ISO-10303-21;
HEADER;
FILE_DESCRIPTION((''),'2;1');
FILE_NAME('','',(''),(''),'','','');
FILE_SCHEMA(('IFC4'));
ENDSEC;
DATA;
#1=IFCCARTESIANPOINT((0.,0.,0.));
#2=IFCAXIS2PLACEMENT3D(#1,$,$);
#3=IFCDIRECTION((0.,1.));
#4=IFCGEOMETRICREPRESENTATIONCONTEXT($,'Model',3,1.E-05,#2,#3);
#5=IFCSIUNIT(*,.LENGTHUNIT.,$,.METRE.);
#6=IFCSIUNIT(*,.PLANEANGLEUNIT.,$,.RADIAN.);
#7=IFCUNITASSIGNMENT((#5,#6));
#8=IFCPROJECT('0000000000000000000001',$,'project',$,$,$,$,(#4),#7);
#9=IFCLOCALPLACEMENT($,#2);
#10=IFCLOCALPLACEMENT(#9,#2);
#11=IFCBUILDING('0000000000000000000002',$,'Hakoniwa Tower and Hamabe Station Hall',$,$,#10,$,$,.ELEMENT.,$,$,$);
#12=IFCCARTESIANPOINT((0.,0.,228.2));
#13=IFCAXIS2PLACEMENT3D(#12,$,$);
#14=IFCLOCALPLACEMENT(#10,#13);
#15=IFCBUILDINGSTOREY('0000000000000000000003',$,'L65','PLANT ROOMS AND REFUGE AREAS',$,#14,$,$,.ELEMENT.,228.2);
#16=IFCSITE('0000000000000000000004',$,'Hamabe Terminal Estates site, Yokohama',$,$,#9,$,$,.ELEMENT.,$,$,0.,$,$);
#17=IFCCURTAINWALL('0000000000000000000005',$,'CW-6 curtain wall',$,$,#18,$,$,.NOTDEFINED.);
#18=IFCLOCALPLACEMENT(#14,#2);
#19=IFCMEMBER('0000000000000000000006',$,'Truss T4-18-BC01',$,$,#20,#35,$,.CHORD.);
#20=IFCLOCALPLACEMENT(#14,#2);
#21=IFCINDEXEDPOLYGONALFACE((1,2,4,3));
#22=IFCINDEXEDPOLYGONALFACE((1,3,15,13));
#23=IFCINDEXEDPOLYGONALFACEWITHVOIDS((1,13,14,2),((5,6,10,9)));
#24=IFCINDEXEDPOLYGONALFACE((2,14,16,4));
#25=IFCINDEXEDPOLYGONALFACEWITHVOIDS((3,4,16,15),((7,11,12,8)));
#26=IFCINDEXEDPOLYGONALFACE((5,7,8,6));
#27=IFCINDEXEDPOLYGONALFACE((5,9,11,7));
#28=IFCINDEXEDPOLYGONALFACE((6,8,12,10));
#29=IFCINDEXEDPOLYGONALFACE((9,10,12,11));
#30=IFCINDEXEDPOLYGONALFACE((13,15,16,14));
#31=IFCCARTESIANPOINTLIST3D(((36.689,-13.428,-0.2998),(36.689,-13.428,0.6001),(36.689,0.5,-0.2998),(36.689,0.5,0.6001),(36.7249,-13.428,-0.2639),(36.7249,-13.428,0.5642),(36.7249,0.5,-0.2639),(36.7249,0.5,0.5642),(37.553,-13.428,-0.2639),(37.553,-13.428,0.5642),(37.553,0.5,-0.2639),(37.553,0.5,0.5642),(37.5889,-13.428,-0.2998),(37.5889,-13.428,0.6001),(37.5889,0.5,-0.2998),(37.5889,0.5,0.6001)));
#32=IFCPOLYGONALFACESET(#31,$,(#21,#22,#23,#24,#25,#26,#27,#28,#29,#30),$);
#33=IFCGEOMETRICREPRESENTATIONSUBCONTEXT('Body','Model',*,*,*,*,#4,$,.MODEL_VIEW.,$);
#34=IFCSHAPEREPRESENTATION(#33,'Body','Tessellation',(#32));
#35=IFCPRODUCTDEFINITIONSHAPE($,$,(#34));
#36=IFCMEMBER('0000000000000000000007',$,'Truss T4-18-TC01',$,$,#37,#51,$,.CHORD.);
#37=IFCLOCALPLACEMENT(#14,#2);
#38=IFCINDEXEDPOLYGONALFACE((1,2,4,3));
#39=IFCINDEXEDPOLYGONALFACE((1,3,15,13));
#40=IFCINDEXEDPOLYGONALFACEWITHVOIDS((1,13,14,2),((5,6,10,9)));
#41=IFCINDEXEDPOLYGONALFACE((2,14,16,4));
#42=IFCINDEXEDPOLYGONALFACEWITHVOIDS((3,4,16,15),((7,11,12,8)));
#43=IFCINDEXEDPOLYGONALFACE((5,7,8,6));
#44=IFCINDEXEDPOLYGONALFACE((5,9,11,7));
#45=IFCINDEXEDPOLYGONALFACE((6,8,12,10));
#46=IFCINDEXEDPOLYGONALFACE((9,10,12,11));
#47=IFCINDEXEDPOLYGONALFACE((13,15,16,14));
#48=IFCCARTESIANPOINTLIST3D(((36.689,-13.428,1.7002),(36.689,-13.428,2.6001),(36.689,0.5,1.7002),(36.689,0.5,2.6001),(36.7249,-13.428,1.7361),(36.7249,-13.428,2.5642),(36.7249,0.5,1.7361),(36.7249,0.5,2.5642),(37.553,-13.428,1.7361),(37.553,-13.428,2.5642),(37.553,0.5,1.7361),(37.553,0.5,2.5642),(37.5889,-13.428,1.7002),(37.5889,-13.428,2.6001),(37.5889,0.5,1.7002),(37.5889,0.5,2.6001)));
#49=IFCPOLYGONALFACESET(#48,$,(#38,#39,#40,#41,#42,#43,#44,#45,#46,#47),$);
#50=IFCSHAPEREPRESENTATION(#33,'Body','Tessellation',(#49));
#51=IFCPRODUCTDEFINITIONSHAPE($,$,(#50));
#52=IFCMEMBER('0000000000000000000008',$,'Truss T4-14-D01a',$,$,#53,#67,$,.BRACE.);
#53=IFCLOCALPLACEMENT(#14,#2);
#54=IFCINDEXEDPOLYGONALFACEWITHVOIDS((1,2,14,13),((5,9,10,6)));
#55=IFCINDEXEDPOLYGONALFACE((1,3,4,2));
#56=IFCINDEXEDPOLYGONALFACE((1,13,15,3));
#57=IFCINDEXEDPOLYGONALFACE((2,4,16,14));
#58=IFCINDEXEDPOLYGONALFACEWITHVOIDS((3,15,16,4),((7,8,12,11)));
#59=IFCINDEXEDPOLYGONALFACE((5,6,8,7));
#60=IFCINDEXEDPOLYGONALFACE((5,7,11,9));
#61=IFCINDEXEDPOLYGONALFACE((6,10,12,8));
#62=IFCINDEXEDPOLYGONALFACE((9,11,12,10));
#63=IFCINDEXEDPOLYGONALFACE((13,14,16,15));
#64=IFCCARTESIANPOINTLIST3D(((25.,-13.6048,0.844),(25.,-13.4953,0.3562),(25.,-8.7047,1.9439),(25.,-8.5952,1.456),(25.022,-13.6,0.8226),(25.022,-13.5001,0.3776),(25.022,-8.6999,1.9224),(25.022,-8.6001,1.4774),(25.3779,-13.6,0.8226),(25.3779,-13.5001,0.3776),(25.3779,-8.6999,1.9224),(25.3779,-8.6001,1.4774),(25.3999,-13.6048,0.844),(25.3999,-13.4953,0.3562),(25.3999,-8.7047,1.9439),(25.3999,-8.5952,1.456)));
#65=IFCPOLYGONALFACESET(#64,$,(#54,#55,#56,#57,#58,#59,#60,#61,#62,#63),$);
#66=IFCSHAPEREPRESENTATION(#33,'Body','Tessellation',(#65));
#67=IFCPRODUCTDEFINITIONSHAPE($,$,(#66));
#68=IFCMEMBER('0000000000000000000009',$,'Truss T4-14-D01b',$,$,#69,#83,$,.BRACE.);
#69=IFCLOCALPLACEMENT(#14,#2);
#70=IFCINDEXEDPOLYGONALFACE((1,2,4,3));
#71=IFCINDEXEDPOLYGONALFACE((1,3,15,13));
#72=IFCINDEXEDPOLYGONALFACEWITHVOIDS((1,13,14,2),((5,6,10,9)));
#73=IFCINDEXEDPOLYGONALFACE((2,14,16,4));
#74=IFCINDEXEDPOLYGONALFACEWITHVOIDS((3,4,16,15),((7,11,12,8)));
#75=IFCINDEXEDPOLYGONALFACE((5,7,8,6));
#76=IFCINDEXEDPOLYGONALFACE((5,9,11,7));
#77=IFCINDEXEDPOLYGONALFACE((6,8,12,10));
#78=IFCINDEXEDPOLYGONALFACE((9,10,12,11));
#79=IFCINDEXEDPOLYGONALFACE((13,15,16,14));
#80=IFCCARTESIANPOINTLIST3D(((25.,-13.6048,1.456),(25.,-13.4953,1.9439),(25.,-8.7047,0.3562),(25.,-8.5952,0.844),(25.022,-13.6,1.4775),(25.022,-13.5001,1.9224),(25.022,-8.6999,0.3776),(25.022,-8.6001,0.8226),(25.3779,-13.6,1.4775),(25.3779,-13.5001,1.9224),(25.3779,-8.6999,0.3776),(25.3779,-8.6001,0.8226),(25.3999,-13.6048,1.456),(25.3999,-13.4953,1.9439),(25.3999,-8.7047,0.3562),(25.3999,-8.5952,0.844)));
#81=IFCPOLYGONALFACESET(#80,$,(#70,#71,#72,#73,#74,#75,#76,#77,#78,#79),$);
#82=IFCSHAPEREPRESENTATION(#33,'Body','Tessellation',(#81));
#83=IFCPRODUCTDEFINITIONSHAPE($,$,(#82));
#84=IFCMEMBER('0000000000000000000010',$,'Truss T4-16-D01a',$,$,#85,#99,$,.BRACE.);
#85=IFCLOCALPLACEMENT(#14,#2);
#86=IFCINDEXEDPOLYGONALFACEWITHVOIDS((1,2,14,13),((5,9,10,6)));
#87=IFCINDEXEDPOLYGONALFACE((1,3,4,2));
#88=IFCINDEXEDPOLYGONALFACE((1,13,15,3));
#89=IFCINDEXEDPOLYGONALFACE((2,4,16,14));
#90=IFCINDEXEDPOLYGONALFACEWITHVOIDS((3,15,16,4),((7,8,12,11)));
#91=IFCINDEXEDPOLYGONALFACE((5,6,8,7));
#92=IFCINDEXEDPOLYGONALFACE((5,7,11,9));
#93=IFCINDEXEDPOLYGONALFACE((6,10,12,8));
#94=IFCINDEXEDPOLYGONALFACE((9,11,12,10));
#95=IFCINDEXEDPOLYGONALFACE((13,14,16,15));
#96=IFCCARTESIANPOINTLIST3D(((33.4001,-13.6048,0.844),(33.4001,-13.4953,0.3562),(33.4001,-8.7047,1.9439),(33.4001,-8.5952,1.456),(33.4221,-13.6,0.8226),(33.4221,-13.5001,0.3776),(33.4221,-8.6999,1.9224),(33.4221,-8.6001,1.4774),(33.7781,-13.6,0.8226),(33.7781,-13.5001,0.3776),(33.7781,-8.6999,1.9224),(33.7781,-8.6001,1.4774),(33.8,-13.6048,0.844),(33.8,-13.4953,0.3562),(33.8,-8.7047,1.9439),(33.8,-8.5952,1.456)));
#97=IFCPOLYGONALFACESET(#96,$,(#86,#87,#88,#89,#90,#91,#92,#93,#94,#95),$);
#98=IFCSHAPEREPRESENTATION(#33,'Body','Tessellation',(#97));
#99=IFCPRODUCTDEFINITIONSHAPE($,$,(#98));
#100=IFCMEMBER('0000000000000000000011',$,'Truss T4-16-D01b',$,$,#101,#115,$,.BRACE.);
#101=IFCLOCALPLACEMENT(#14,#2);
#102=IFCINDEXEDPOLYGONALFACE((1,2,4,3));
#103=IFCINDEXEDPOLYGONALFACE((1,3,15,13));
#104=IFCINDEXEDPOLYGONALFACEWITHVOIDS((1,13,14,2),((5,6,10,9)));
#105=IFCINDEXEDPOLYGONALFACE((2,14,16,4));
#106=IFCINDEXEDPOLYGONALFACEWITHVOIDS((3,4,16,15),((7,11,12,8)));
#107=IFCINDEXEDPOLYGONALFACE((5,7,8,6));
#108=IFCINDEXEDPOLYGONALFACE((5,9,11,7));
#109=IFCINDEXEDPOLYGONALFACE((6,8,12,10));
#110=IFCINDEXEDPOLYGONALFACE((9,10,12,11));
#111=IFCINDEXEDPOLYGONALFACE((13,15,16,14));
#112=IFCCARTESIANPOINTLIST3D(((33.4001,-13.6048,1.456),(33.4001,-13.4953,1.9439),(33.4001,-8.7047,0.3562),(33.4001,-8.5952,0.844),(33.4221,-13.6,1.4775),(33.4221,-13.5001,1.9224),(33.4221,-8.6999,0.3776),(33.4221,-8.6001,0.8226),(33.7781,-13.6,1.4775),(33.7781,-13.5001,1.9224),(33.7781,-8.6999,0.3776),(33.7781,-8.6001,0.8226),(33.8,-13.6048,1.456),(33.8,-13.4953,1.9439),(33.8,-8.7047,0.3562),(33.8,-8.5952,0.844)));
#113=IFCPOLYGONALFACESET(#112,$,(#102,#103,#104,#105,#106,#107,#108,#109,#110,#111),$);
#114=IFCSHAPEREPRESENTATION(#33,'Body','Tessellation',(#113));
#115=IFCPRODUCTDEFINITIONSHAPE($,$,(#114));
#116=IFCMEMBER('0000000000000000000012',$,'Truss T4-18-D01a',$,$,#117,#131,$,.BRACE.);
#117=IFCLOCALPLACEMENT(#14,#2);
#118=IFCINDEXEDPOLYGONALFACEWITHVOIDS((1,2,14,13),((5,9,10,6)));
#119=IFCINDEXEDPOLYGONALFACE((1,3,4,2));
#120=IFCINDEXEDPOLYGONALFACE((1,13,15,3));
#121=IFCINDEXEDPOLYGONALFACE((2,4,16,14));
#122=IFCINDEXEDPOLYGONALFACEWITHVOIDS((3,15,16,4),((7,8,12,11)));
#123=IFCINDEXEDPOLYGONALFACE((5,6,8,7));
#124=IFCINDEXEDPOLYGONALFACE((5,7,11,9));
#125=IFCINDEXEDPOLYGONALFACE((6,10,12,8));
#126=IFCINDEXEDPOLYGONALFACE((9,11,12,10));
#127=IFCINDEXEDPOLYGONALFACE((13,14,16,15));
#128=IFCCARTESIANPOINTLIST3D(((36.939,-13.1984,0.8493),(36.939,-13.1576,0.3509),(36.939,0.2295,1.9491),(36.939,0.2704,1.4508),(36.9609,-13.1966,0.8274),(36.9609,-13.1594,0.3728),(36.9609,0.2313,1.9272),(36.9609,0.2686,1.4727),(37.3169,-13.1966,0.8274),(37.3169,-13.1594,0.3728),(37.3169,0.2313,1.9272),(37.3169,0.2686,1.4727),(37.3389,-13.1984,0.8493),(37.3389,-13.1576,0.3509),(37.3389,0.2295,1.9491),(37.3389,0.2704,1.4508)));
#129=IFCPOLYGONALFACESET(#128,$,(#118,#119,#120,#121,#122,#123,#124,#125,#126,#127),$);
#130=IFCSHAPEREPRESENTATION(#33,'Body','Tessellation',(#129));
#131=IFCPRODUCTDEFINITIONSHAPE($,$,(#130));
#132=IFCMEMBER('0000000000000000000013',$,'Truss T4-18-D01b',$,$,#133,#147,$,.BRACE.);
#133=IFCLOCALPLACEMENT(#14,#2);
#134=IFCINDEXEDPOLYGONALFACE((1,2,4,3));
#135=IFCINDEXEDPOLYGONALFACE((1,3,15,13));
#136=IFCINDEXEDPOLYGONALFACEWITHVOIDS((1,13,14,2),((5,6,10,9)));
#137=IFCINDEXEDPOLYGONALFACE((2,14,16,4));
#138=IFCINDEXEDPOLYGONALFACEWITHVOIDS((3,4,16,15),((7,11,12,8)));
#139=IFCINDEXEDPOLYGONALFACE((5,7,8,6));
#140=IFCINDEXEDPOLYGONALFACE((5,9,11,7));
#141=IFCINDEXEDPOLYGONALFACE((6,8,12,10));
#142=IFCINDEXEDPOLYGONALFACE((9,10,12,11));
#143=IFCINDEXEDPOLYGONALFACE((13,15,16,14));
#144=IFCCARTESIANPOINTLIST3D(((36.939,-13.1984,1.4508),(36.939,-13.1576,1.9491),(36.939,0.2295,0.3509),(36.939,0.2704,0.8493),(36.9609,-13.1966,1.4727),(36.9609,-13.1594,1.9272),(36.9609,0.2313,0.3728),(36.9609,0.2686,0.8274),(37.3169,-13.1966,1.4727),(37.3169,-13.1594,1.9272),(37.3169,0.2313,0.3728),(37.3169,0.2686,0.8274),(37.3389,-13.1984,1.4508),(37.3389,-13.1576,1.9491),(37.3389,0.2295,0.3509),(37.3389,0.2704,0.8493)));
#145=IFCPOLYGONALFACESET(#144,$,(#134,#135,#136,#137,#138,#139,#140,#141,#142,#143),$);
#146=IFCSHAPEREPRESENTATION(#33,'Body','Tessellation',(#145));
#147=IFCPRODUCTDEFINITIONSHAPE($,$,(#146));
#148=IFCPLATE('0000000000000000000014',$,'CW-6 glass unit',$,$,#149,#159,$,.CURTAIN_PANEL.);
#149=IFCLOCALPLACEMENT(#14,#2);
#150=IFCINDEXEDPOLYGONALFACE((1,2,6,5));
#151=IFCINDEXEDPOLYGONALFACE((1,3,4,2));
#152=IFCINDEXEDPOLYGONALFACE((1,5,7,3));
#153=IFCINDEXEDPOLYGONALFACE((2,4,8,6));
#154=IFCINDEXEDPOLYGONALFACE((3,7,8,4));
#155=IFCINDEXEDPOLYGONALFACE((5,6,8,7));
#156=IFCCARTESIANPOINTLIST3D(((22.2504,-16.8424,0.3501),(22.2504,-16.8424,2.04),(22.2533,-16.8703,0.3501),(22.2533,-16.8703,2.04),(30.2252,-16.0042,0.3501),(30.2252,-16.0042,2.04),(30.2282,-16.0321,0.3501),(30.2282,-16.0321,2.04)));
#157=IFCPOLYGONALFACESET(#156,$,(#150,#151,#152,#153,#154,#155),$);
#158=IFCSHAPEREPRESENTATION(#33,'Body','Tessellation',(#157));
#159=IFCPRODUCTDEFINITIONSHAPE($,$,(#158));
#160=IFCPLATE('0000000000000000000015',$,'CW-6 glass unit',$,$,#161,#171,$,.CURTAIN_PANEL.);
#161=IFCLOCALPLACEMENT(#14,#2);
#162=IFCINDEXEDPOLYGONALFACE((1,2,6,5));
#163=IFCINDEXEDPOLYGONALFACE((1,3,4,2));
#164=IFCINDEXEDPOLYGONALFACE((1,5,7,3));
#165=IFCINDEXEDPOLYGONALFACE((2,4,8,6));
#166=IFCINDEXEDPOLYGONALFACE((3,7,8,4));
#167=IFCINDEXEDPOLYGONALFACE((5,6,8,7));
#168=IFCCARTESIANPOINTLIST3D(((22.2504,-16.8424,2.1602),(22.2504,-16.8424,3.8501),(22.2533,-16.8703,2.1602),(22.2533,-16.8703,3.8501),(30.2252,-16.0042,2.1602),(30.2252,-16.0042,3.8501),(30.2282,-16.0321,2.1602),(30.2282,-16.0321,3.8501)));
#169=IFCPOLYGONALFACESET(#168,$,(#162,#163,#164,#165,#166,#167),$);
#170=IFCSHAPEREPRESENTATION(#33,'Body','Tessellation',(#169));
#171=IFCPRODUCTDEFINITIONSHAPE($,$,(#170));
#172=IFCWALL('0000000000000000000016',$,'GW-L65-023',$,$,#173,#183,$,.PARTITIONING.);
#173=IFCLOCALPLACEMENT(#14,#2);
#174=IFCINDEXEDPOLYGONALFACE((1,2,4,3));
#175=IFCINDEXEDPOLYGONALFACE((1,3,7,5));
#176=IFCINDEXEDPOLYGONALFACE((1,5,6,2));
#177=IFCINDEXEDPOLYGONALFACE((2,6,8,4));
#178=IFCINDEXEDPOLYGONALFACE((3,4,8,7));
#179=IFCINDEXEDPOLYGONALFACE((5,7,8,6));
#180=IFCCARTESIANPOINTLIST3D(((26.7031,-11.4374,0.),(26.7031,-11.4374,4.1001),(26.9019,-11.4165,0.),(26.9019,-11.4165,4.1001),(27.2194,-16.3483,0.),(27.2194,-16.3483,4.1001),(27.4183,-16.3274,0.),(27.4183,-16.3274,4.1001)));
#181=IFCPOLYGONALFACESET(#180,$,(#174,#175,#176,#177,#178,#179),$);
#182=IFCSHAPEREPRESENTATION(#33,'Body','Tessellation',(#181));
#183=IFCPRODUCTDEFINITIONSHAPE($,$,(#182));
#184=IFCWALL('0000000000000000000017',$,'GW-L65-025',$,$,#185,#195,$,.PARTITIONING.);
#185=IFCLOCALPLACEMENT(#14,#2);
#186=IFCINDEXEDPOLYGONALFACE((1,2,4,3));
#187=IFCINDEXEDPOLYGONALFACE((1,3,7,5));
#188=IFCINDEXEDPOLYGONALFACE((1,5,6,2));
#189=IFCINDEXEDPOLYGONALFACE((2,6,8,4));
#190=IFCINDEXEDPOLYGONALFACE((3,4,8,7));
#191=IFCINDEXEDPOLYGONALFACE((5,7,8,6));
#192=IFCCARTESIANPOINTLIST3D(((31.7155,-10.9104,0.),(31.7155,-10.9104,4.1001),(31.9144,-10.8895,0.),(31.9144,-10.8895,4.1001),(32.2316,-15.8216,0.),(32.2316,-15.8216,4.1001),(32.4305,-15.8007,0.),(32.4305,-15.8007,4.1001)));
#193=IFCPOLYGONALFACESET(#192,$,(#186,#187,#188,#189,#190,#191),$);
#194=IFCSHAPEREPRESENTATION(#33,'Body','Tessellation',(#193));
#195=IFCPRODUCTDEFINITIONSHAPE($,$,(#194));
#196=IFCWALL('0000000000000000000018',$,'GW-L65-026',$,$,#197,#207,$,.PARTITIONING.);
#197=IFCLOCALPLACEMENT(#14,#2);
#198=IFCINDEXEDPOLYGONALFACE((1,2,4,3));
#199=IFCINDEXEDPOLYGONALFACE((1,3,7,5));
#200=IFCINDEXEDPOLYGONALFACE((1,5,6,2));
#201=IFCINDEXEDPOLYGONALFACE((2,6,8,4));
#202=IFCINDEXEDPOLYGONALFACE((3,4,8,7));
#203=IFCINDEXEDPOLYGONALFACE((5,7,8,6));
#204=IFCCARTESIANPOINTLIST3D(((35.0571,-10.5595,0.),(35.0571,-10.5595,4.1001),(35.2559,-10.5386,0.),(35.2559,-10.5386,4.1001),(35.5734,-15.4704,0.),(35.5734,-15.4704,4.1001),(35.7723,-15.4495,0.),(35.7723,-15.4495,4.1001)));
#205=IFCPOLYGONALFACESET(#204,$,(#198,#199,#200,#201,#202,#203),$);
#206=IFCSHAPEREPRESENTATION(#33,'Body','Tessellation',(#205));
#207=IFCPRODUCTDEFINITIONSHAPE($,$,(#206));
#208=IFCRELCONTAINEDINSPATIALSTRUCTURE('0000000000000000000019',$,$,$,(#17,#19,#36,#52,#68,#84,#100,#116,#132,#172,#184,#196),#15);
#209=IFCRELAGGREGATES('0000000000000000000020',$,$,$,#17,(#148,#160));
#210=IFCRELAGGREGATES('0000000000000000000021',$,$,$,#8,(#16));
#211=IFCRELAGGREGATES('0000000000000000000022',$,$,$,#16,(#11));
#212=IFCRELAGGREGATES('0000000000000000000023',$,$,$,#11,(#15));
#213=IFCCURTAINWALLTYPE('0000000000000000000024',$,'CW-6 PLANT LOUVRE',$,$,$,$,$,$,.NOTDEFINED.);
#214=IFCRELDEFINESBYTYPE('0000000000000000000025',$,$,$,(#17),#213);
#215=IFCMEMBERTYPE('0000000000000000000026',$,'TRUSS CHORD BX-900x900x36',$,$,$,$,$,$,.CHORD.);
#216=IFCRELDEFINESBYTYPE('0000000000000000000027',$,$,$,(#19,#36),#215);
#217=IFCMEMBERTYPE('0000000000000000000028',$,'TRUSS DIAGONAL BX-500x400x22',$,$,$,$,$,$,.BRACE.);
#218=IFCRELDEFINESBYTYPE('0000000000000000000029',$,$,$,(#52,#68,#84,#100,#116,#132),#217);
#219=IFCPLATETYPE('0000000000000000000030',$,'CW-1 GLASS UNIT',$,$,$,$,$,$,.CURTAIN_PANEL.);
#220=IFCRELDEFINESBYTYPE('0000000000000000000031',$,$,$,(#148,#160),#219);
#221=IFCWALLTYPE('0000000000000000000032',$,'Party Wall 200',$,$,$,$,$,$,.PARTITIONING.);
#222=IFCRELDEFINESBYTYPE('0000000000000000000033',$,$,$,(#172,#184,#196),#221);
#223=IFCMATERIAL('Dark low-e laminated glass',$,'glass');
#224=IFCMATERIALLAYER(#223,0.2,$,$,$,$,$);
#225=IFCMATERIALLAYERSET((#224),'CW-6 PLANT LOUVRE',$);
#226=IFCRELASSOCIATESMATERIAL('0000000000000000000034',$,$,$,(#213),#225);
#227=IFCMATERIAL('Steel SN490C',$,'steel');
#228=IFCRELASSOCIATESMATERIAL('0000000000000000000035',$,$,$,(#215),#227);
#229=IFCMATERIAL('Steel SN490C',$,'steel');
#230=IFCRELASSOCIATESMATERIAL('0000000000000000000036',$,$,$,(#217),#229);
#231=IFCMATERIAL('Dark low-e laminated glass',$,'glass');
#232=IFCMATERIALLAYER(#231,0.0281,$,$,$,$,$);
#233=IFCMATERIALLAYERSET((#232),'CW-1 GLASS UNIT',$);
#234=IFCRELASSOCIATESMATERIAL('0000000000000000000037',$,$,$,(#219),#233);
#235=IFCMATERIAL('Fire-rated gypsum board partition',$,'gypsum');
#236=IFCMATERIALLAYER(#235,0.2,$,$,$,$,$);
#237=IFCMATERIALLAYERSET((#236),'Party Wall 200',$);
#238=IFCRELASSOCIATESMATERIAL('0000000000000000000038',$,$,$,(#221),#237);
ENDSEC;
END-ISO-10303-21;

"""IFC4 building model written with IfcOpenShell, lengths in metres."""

from ifc_helpers import new_model, si_unit, direction, frame, frame_2d, origin, origin_2d, place, context, subcontext, project, spatial, rectangle, hollow_rectangle, extrude, material, layer, layer_set, material_profile, profile_set, type_object, element, aggregate, save


model = new_model("IFC4")

# Units and contexts
model_context = context("Model", 3, precision=1e-05, world=origin(), true_north=direction((0.0, 1.0)))
body_context = subcontext(model_context, "Body", "Model", "MODEL_VIEW")
ifc_project = project(units=[si_unit("LENGTHUNIT", "METRE"), si_unit("PLANEANGLEUNIT", "RADIAN")], contexts=[model_context])

# Site, building, storey
site_placement = place(None, origin())
site = spatial("IfcSite", under=ifc_project, at=site_placement, Name="Hamabe Terminal Estates site, Yokohama", CompositionType="ELEMENT", RefElevation=0.0)
building_placement = place(site_placement, origin())
building = spatial("IfcBuilding", under=site, at=building_placement, Name="Hakoniwa Tower and Hamabe Station Hall", CompositionType="ELEMENT")
storey_placement = place(building_placement, frame((0.0, 0.0, 228.2)))
storey = spatial("IfcBuildingStorey", under=building, at=storey_placement, Name="L65", Description="PLANT ROOMS AND REFUGE AREAS", CompositionType="ELEMENT", Elevation=228.2)

# Curtain wall
ifc_material_1 = material(Name="Dark low-e laminated glass", Category="glass")
ifc_layer_1 = layer(ifc_material_1, 0.2)
ifc_layer_set_1 = layer_set([ifc_layer_1], Name="CW-6 PLANT LOUVRE")
curtain_wall_type = type_object("IfcCurtainWallType", Name="CW-6 PLANT LOUVRE", PredefinedType="NOTDEFINED", material=ifc_layer_set_1)
curtain_wall_1_placement = place(storey_placement, origin())
curtain_wall_1 = element("IfcCurtainWall", 1, at=curtain_wall_1_placement, inside=storey, type_object=curtain_wall_type, Name="CW-6 curtain wall", PredefinedType="NOTDEFINED")

# Members
ifc_material_2 = material(Name="Steel SN490C", Category="steel")
ifc_material_profile_1 = material_profile(ifc_material_2, hollow_rectangle(XDim=0.8999, YDim=0.8999, WallThickness=0.0359, at=origin_2d()), Name="BX-900x900x36")
ifc_profile_set_1 = profile_set([ifc_material_profile_1], Name="Steel SN490C")
member_type_1 = type_object("IfcMemberType", Name="TRUSS CHORD BX-900x900x36", PredefinedType="CHORD", material=ifc_profile_set_1)
for number, where, z_axis, x_axis, name in (
    (2, (37.1389, -13.428, 0.1501), (0.0, 1.0, 0.0), (-1.0, 0.0, 0.0), "Truss T4-18-BC01"),
    (3, (37.1389, -13.428, 2.1501), (0.0, 1.0, 0.0), (-1.0, 0.0, 0.0), "Truss T4-18-TC01"),
):
    element("IfcMember", number, at=place(storey_placement, frame(where, z_axis=z_axis, x_axis=x_axis)), inside=storey, type_object=member_type_1, Name=name, PredefinedType="CHORD", context=body_context, shape_type="SweptSolid", body=[
        extrude(hollow_rectangle(XDim=0.8999, YDim=0.8999, WallThickness=0.0359, at=origin_2d()), origin(), (0.0, 0.0, 1.0), 13.928),
    ])
ifc_material_3 = material(Name="Steel SN490C", Category="steel")
ifc_material_profile_2 = material_profile(ifc_material_3, hollow_rectangle(XDim=0.3999, YDim=0.5, WallThickness=0.022, at=origin_2d()), Name="BX-500x400x22")
ifc_profile_set_2 = profile_set([ifc_material_profile_2], Name="Steel SN490C")
member_type_2 = type_object("IfcMemberType", Name="TRUSS DIAGONAL BX-500x400x22", PredefinedType="BRACE", material=ifc_profile_set_2)
for number, where, z_axis, x_axis, name in (
    (4, (25.2, -13.55, 0.6001), (0.0, 0.975724, 0.219004), (-1.0, 0.0, 0.0), "Truss T4-14-D01a"),
    (5, (25.2, -13.55, 1.7), (0.0, 0.975724, -0.219004), (-1.0, 0.0, 0.0), "Truss T4-14-D01b"),
    (6, (33.6001, -13.55, 0.6001), (0.0, 0.975724, 0.219004), (-1.0, 0.0, 0.0), "Truss T4-16-D01a"),
    (7, (33.6001, -13.55, 1.7), (0.0, 0.975724, -0.219004), (-1.0, 0.0, 0.0), "Truss T4-16-D01b"),
):
    element("IfcMember", number, at=place(storey_placement, frame(where, z_axis=z_axis, x_axis=x_axis)), inside=storey, type_object=member_type_2, Name=name, PredefinedType="BRACE", context=body_context, shape_type="SweptSolid", body=[
        extrude(hollow_rectangle(XDim=0.3999, YDim=0.5, WallThickness=0.022, at=origin_2d()), origin(), (0.0, 0.0, 1.0), 5.022),
    ])
for number, where, z_axis, x_axis, name in (
    (8, (37.1389, -13.178, 0.6001), (0.0, 0.996662, 0.081634), (-1.0, 0.0, 0.0), "Truss T4-18-D01a"),
    (9, (37.1389, -13.178, 1.7), (0.0, 0.996662, -0.081634), (-1.0, 0.0, 0.0), "Truss T4-18-D01b"),
):
    element("IfcMember", number, at=place(storey_placement, frame(where, z_axis=z_axis, x_axis=x_axis)), inside=storey, type_object=member_type_2, Name=name, PredefinedType="BRACE", context=body_context, shape_type="SweptSolid", body=[
        extrude(hollow_rectangle(XDim=0.3999, YDim=0.5, WallThickness=0.022, at=origin_2d()), origin(), (0.0, 0.0, 1.0), 13.4729),
    ])

# Plates
ifc_material_4 = material(Name="Dark low-e laminated glass", Category="glass")
ifc_layer_2 = layer(ifc_material_4, 0.0281)
ifc_layer_set_2 = layer_set([ifc_layer_2], Name="CW-1 GLASS UNIT")
plate_type = type_object("IfcPlateType", Name="CW-1 GLASS UNIT", PredefinedType="CURTAIN_PANEL", material=ifc_layer_set_2)
plate_1_placement = place(storey_placement, frame((26.2393, -16.4373, 0.3501), z_axis=(0.0, 0.0, 1.0), x_axis=(0.994522, 0.104528, 0.0)))
plate_1 = element("IfcPlate", 10, at=plate_1_placement, type_object=plate_type, Name="CW-6 glass unit", PredefinedType="CURTAIN_PANEL", context=body_context, shape_type="SweptSolid", body=[
    extrude(rectangle(XDim=8.0188, YDim=0.0281, at=origin_2d()), origin(), (0.0, 0.0, 1.0), 1.6899),
])
plate_2_placement = place(storey_placement, frame((26.2393, -16.4373, 2.1602), z_axis=(0.0, 0.0, 1.0), x_axis=(0.994522, 0.104528, 0.0)))
plate_2 = element("IfcPlate", 11, at=plate_2_placement, type_object=plate_type, Name="CW-6 glass unit", PredefinedType="CURTAIN_PANEL", context=body_context, shape_type="SweptSolid", body=[
    extrude(rectangle(XDim=8.0188, YDim=0.0281, at=origin_2d()), origin(), (0.0, 0.0, 1.0), 1.6899),
])

# Walls
ifc_material_5 = material(Name="Fire-rated gypsum board partition", Category="gypsum")
ifc_layer_3 = layer(ifc_material_5, 0.2)
ifc_layer_set_3 = layer_set([ifc_layer_3], Name="Party Wall 200")
wall_type = type_object("IfcWallType", Name="Party Wall 200", PredefinedType="PARTITIONING", material=ifc_layer_set_3)
wall_1_placement = place(storey_placement, frame((27.3188, -16.3379, 0.0), z_axis=(0.0, 0.0, 1.0), x_axis=(-0.104569, 0.994518, 0.0)))
element("IfcWall", 12, at=wall_1_placement, inside=storey, type_object=wall_type, Name="GW-L65-023", PredefinedType="PARTITIONING", context=body_context, shape_type="SweptSolid", body=[
    extrude(rectangle(XDim=4.938, YDim=0.2, at=frame_2d((2.469, 0.0))), origin(), (0.0, 0.0, 1.0), 4.1001),
])
wall_2_placement = place(storey_placement, frame((32.3311, -15.8113, 0.0), z_axis=(0.0, 0.0, 1.0), x_axis=(-0.104515, 0.994523, 0.0)))
element("IfcWall", 13, at=wall_2_placement, inside=storey, type_object=wall_type, Name="GW-L65-025", PredefinedType="PARTITIONING", context=body_context, shape_type="SweptSolid", body=[
    extrude(rectangle(XDim=4.9382, YDim=0.2, at=frame_2d((2.4692, 0.0))), origin(), (0.0, 0.0, 1.0), 4.1001),
])
wall_3_placement = place(storey_placement, frame((35.6729, -15.46, 0.0), z_axis=(0.0, 0.0, 1.0), x_axis=(-0.104569, 0.994518, 0.0)))
element("IfcWall", 14, at=wall_3_placement, inside=storey, type_object=wall_type, Name="GW-L65-026", PredefinedType="PARTITIONING", context=body_context, shape_type="SweptSolid", body=[
    extrude(rectangle(XDim=4.938, YDim=0.2, at=frame_2d((2.469, 0.0))), origin(), (0.0, 0.0, 1.0), 4.1001),
])

aggregate(curtain_wall_1, [plate_1, plate_2])

save(model, "model.ifc")
